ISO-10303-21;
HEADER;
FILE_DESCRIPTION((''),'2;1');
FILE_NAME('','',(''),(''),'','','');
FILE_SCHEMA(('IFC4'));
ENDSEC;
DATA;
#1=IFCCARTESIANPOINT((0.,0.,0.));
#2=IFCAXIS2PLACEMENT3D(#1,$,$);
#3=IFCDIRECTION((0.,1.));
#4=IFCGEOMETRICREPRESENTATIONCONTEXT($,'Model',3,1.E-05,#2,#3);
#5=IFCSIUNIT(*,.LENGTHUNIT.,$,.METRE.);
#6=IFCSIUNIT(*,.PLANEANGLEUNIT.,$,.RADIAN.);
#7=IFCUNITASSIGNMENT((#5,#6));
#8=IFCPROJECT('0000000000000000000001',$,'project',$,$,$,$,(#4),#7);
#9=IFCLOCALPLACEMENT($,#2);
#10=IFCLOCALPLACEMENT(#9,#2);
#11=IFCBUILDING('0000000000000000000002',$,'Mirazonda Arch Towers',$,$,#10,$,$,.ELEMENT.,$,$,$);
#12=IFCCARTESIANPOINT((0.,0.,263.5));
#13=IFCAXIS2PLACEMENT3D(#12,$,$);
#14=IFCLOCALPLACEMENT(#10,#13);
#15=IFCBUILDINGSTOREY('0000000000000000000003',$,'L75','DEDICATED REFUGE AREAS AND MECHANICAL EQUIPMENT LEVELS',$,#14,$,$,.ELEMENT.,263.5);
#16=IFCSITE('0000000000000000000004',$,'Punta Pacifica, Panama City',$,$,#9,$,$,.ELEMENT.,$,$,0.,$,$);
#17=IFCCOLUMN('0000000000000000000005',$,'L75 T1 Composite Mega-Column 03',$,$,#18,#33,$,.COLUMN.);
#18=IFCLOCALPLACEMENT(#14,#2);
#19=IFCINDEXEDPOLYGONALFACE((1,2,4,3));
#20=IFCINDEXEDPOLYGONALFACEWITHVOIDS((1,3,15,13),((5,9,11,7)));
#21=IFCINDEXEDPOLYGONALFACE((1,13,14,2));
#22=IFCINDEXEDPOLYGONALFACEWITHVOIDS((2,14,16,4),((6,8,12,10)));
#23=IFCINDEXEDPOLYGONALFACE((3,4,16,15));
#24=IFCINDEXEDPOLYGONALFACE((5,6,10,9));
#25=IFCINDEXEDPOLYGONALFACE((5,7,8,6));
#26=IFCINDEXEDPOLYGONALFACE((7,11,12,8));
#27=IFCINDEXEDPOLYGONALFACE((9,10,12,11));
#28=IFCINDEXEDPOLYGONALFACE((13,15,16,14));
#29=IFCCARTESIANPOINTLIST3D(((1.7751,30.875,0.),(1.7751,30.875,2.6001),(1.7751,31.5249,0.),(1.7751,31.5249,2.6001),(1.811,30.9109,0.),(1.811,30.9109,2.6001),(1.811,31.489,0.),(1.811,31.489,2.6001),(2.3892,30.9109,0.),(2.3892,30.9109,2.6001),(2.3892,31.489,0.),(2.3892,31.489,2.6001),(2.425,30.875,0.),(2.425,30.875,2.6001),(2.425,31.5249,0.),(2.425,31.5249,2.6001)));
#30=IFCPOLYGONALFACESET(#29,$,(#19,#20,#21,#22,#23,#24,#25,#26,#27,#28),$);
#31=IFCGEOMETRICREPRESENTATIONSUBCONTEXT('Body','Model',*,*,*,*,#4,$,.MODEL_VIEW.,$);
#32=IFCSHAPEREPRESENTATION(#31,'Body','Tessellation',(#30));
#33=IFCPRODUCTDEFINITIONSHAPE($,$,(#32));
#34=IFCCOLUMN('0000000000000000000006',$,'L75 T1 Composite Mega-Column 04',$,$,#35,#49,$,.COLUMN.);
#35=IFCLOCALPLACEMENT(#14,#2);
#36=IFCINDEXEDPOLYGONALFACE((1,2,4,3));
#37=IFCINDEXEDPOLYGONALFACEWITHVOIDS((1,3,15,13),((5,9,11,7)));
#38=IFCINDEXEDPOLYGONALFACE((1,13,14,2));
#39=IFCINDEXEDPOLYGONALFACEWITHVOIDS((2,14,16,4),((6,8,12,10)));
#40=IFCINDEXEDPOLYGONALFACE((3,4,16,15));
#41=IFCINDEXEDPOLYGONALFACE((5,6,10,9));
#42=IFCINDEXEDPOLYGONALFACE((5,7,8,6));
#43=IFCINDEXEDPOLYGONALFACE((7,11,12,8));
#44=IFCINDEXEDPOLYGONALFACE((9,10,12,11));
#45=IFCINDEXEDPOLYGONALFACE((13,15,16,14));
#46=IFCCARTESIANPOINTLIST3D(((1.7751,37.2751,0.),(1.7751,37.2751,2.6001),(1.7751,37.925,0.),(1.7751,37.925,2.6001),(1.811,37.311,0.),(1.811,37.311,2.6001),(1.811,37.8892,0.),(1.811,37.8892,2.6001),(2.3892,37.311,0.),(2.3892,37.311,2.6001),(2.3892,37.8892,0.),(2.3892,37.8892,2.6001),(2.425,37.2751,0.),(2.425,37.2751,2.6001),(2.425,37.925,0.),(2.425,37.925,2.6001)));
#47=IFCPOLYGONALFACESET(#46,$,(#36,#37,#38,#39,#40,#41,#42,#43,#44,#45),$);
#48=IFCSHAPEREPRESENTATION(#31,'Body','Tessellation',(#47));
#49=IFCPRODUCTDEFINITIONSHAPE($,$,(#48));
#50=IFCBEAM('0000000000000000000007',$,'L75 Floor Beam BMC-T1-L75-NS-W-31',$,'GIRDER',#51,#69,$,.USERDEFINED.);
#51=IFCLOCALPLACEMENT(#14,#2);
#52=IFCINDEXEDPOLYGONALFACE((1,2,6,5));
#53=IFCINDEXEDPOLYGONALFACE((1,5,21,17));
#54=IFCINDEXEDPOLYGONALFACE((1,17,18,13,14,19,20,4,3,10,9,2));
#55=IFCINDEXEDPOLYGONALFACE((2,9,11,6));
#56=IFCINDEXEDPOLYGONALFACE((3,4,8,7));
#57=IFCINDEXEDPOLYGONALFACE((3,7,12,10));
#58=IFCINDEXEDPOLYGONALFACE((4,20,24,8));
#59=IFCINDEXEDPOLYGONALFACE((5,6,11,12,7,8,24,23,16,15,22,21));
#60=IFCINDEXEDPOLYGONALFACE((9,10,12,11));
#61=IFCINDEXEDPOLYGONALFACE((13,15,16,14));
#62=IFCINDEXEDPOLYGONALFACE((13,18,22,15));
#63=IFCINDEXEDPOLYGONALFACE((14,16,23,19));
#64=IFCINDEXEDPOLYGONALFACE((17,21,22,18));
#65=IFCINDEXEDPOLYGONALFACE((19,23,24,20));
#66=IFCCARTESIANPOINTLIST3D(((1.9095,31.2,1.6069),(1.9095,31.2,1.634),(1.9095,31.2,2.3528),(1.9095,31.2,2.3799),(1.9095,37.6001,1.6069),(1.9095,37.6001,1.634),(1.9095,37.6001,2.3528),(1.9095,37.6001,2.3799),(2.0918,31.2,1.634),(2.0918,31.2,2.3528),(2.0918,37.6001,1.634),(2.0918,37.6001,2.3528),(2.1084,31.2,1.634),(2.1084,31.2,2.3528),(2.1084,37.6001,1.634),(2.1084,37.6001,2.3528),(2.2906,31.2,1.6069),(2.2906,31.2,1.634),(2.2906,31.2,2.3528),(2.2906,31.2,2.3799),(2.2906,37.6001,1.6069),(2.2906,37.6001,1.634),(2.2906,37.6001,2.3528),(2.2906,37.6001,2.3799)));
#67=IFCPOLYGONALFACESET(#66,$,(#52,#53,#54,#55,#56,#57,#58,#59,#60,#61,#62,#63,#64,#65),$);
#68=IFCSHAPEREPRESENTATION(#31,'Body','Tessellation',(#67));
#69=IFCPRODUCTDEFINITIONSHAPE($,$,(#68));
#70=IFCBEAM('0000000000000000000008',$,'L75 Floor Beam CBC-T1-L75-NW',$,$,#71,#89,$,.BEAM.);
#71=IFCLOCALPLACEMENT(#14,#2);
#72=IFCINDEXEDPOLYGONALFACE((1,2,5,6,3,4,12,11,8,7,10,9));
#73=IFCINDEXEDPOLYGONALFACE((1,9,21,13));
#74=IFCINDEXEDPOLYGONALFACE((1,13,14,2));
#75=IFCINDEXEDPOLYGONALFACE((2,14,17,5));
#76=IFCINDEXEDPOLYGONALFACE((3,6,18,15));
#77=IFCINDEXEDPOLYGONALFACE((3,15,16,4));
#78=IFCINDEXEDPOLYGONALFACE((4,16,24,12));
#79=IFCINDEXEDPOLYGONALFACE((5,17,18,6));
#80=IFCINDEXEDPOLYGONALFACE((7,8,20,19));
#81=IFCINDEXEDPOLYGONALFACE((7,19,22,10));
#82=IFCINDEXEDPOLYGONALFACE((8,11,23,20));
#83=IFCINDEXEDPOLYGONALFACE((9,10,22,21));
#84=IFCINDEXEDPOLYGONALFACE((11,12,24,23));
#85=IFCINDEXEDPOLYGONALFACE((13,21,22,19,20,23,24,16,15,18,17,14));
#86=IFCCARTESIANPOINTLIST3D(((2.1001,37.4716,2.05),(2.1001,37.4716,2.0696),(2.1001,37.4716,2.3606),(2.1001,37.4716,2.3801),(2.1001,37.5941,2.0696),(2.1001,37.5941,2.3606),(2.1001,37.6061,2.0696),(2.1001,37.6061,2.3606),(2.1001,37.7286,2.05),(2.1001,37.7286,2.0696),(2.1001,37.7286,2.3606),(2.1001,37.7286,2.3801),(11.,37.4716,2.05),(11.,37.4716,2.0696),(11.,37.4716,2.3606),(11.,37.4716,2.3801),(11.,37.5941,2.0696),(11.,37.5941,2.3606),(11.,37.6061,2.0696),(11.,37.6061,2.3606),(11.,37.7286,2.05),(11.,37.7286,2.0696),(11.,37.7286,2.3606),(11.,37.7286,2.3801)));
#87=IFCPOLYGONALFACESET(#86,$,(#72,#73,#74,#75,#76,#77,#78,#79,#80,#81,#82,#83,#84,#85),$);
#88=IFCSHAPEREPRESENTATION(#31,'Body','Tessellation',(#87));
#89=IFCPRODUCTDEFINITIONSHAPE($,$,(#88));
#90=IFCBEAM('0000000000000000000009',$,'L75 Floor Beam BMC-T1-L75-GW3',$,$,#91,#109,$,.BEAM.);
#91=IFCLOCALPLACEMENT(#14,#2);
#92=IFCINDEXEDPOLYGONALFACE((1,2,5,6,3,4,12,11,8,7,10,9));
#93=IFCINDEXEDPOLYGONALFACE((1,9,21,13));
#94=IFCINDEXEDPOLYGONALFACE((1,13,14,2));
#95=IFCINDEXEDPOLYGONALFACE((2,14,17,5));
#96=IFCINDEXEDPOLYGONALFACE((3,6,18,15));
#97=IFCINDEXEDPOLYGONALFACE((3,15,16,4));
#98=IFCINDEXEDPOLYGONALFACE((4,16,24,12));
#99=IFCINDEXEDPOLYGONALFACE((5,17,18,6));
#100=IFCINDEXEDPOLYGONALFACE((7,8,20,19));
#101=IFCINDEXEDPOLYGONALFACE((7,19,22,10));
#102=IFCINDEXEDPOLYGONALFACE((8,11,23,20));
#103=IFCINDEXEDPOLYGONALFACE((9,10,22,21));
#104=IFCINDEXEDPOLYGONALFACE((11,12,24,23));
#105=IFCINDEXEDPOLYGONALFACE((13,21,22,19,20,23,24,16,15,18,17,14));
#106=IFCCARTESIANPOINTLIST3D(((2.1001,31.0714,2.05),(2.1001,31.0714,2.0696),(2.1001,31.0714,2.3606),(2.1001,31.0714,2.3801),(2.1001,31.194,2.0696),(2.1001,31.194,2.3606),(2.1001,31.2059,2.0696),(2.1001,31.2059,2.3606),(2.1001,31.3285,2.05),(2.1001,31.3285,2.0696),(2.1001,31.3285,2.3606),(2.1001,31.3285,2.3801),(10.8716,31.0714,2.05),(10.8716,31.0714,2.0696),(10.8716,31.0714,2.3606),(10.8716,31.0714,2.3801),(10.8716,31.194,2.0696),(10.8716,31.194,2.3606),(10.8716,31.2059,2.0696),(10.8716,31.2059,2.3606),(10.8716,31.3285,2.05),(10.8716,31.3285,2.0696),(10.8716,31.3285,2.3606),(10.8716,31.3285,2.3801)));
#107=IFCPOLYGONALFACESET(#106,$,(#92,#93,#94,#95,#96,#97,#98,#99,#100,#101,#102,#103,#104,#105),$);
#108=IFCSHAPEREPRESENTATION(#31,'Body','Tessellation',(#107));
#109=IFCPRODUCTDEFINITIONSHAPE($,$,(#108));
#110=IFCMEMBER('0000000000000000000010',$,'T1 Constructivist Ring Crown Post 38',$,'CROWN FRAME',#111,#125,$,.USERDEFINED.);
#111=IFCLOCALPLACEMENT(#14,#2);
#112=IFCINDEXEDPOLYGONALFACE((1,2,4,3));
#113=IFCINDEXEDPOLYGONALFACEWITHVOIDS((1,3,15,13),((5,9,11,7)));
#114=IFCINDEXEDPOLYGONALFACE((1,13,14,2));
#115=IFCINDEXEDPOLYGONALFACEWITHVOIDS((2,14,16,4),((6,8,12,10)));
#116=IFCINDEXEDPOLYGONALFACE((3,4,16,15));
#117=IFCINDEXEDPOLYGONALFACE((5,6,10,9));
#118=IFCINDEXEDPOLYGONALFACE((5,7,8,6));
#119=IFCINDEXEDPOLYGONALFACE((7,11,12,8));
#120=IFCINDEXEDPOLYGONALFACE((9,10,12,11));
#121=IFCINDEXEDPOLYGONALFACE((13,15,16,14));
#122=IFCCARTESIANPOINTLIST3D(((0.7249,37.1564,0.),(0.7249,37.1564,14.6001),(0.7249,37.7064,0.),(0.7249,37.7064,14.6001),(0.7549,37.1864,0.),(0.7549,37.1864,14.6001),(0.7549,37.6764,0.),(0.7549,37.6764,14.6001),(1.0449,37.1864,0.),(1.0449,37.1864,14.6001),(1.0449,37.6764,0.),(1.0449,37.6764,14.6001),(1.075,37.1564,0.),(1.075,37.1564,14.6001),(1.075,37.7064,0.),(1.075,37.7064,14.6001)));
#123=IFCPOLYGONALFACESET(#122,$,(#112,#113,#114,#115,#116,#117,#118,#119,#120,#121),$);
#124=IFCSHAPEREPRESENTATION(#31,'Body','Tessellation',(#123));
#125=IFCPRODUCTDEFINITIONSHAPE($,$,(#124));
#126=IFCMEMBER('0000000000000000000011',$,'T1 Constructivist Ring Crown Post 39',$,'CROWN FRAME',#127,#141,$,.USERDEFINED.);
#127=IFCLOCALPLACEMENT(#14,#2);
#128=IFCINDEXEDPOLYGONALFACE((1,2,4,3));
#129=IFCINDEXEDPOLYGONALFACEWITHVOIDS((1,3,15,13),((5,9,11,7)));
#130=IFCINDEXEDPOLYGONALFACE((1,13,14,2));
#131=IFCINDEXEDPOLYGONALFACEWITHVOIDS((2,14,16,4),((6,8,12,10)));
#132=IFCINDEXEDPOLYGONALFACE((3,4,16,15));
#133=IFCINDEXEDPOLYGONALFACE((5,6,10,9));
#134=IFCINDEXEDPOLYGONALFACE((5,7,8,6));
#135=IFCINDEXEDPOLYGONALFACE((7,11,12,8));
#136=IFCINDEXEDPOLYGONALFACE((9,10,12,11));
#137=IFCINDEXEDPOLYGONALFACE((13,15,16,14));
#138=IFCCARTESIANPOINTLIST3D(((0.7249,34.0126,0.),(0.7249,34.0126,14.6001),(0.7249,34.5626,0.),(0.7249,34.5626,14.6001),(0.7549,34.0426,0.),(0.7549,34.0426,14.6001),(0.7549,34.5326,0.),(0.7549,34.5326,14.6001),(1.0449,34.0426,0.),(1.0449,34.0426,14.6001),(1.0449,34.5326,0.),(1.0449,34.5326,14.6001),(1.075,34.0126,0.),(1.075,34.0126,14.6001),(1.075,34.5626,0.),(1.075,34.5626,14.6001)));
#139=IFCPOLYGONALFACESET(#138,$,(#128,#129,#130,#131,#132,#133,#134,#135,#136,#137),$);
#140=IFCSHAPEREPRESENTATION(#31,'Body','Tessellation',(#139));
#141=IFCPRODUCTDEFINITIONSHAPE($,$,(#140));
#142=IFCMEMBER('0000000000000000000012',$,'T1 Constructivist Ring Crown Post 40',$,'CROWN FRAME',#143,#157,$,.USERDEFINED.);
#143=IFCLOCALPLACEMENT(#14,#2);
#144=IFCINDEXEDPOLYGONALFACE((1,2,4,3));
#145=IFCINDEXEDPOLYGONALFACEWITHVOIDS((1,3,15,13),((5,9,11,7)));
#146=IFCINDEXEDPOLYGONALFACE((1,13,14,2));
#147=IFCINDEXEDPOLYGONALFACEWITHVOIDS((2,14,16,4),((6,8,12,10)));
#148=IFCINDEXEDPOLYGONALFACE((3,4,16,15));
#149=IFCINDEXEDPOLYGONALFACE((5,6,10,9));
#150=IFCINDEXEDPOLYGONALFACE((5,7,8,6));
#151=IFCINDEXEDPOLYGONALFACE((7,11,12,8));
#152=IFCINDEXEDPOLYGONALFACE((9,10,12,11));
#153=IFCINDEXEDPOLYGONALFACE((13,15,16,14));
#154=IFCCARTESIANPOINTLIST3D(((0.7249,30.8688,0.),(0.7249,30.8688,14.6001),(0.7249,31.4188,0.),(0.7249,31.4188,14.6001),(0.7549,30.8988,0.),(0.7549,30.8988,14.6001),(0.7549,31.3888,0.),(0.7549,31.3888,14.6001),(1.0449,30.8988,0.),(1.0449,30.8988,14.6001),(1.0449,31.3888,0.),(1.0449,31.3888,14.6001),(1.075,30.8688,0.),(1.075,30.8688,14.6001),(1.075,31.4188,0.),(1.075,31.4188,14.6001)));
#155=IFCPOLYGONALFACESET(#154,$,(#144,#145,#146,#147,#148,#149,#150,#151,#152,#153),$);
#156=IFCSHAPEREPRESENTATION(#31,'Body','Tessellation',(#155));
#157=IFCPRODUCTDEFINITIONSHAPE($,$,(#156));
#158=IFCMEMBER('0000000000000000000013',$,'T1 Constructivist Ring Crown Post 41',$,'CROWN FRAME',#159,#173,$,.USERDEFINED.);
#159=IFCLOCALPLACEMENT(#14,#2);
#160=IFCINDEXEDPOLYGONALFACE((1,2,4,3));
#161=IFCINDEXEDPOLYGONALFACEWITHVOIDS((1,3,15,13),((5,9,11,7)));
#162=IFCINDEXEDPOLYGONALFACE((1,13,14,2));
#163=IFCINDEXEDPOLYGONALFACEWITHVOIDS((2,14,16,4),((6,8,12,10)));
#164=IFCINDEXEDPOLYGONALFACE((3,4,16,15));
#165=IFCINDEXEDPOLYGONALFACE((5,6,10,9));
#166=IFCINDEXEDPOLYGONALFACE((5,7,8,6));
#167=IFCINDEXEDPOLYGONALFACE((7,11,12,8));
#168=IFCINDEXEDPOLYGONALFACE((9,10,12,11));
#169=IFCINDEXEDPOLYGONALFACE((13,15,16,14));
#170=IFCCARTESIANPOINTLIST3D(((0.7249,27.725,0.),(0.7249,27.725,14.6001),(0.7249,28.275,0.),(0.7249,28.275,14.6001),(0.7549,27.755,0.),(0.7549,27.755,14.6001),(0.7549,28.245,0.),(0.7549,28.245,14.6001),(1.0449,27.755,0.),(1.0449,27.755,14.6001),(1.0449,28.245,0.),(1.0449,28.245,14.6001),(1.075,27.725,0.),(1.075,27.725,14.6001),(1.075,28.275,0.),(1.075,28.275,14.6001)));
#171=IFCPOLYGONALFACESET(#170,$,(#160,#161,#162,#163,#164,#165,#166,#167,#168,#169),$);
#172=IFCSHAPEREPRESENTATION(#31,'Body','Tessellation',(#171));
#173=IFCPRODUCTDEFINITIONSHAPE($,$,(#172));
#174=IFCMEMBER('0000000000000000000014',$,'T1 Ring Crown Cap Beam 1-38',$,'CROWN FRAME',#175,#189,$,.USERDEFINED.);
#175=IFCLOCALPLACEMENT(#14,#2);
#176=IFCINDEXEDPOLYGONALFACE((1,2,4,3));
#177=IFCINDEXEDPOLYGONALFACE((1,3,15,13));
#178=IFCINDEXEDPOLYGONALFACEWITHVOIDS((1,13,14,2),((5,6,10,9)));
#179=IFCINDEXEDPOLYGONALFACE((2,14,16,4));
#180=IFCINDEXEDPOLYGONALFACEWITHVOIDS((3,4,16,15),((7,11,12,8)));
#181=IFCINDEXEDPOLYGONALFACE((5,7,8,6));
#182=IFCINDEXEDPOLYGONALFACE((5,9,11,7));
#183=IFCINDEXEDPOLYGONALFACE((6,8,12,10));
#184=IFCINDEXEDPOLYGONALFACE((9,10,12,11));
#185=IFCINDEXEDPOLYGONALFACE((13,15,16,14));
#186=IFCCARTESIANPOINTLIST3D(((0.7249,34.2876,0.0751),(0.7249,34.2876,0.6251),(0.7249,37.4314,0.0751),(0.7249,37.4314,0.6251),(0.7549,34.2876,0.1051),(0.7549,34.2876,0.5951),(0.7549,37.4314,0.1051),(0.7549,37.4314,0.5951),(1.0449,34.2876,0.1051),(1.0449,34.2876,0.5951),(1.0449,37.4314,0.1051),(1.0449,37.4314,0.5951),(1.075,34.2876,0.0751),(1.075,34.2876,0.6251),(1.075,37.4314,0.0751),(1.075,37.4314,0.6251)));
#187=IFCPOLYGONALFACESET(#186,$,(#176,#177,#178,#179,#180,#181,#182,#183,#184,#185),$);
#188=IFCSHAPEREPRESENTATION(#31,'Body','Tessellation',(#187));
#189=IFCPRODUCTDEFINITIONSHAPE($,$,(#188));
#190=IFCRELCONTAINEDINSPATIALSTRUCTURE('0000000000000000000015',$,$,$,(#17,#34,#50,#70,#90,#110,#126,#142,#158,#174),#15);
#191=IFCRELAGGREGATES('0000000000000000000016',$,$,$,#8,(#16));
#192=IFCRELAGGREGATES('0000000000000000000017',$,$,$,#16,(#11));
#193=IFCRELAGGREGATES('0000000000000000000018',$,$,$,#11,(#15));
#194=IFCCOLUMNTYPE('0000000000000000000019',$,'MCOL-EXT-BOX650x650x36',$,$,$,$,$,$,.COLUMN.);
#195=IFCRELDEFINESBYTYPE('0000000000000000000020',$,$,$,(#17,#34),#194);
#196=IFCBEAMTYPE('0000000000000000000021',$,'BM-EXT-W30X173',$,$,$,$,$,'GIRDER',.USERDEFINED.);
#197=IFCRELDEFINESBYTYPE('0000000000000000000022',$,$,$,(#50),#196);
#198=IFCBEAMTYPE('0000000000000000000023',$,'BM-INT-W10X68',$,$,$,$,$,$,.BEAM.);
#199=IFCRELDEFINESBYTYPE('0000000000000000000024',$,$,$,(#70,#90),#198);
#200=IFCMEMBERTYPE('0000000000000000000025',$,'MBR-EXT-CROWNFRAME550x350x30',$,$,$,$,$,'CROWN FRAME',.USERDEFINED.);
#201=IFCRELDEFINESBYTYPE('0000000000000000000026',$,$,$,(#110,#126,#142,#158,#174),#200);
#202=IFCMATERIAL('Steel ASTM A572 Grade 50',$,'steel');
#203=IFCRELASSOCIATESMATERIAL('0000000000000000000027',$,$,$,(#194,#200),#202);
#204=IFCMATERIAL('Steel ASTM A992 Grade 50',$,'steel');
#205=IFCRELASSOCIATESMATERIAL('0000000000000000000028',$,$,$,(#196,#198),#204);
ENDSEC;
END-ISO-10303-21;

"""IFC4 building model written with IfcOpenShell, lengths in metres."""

from ifc_helpers import new_model, si_unit, direction, frame, origin, origin_2d, place, context, subcontext, project, spatial, hollow_rectangle, i_section, extrude, material, material_profile, profile_set, type_object, element, save


model = new_model("IFC4")

# Units and contexts
model_context = context("Model", 3, precision=1e-05, world=origin(), true_north=direction((0.0, 1.0)))
body_context = subcontext(model_context, "Body", "Model", "MODEL_VIEW")
ifc_project = project(units=[si_unit("LENGTHUNIT", "METRE"), si_unit("PLANEANGLEUNIT", "RADIAN")], contexts=[model_context])

# Site, building, storey
site_placement = place(None, origin())
site = spatial("IfcSite", under=ifc_project, at=site_placement, Name="Punta Pacifica, Panama City", CompositionType="ELEMENT", RefElevation=0.0)
building_placement = place(site_placement, origin())
building = spatial("IfcBuilding", under=site, at=building_placement, Name="Mirazonda Arch Towers", CompositionType="ELEMENT")
storey_placement = place(building_placement, frame((0.0, 0.0, 263.5)))
storey = spatial("IfcBuildingStorey", under=building, at=storey_placement, Name="L75", Description="DEDICATED REFUGE AREAS AND MECHANICAL EQUIPMENT LEVELS", CompositionType="ELEMENT", Elevation=263.5)

# Columns
ifc_material_1 = material(Name="Steel ASTM A572 Grade 50", Category="steel")
ifc_material_profile_1 = material_profile(ifc_material_1, hollow_rectangle(XDim=0.6499, YDim=0.6499, WallThickness=0.0359, at=origin_2d()), Name="BOX650x650x36")
ifc_profile_set_1 = profile_set([ifc_material_profile_1], Name="Steel ASTM A572 Grade 50")
column_type = type_object("IfcColumnType", Name="MCOL-EXT-BOX650x650x36", PredefinedType="COLUMN", material=ifc_profile_set_1)
for number, where, z_axis, x_axis, name in (
    (1, (2.1001, 31.2, 0.0), (0.0, 0.0, 1.0), (1.0, 0.0, 0.0), "L75 T1 Composite Mega-Column 03"),
    (2, (2.1001, 37.6001, 0.0), (0.0, 0.0, 1.0), (1.0, 0.0, 0.0), "L75 T1 Composite Mega-Column 04"),
):
    element("IfcColumn", number, at=place(storey_placement, frame(where, z_axis=z_axis, x_axis=x_axis)), inside=storey, type_object=column_type, Name=name, PredefinedType="COLUMN", context=body_context, shape_type="SweptSolid", body=[
        extrude(hollow_rectangle(XDim=0.6499, YDim=0.6499, WallThickness=0.0359, at=origin_2d()), origin(), (0.0, 0.0, 1.0), 2.6001),
    ])

# Beams
ifc_material_2 = material(Name="Steel ASTM A992 Grade 50", Category="steel")
ifc_material_profile_2 = material_profile(ifc_material_2, i_section(OverallWidth=0.3811, OverallDepth=0.7729, WebThickness=0.0166, FlangeThickness=0.0271, at=origin_2d()), Name="W30X173")
ifc_profile_set_2 = profile_set([ifc_material_profile_2], Name="Steel ASTM A992 Grade 50")
beam_type_1 = type_object("IfcBeamType", Name="BM-EXT-W30X173", ElementType="GIRDER", PredefinedType="USERDEFINED", material=ifc_profile_set_2)
beam_1_placement = place(storey_placement, frame((2.1001, 31.2, 1.9934), z_axis=(0.0, 1.0, 0.0), x_axis=(-1.0, 0.0, 0.0)))
element("IfcBeam", 3, at=beam_1_placement, inside=storey, type_object=beam_type_1, Name="L75 Floor Beam BMC-T1-L75-NS-W-31", ObjectType="GIRDER", PredefinedType="USERDEFINED", context=body_context, shape_type="SweptSolid", body=[
    extrude(i_section(OverallWidth=0.3811, OverallDepth=0.7729, WebThickness=0.0166, FlangeThickness=0.0271, at=origin_2d()), origin(), (0.0, 0.0, 1.0), 6.4001),
])
ifc_material_profile_3 = material_profile(ifc_material_2, i_section(OverallWidth=0.2571, OverallDepth=0.3301, WebThickness=0.012, FlangeThickness=0.0195, at=origin_2d()), Name="W10X68")
ifc_profile_set_3 = profile_set([ifc_material_profile_3], Name="Steel ASTM A992 Grade 50")
beam_type_2 = type_object("IfcBeamType", Name="BM-INT-W10X68", PredefinedType="BEAM", material=ifc_profile_set_3)
beam_2_placement = place(storey_placement, frame((2.1001, 37.6001, 2.2151), z_axis=(1.0, 0.0, 0.0), x_axis=(0.0, 1.0, 0.0)))
element("IfcBeam", 4, at=beam_2_placement, inside=storey, type_object=beam_type_2, Name="L75 Floor Beam CBC-T1-L75-NW", PredefinedType="BEAM", context=body_context, shape_type="SweptSolid", body=[
    extrude(i_section(OverallWidth=0.2571, OverallDepth=0.3301, WebThickness=0.012, FlangeThickness=0.0195, at=origin_2d()), origin(), (0.0, 0.0, 1.0), 8.8999),
])
beam_3_placement = place(storey_placement, frame((2.1001, 31.2, 2.2151), z_axis=(1.0, 0.0, 0.0), x_axis=(0.0, 1.0, 0.0)))
element("IfcBeam", 5, at=beam_3_placement, inside=storey, type_object=beam_type_2, Name="L75 Floor Beam BMC-T1-L75-GW3", PredefinedType="BEAM", context=body_context, shape_type="SweptSolid", body=[
    extrude(i_section(OverallWidth=0.2571, OverallDepth=0.3301, WebThickness=0.012, FlangeThickness=0.0195, at=origin_2d()), origin(), (0.0, 0.0, 1.0), 8.7715),
])

# Members
ifc_material_profile_4 = material_profile(ifc_material_1, hollow_rectangle(XDim=0.3501, YDim=0.55, WallThickness=0.03, at=origin_2d()), Name="CROWNFRAME550x350x30")
ifc_profile_set_4 = profile_set([ifc_material_profile_4], Name="Steel ASTM A572 Grade 50")
member_type = type_object("IfcMemberType", Name="MBR-EXT-CROWNFRAME550x350x30", ElementType="CROWN FRAME", PredefinedType="USERDEFINED", material=ifc_profile_set_4)
for number, where, z_axis, x_axis, name in (
    (6, (0.8999, 37.4314, 0.0), (0.0, 0.0, 1.0), (1.0, 0.0, 0.0), "T1 Constructivist Ring Crown Post 38"),
    (7, (0.8999, 34.2876, 0.0), (0.0, 0.0, 1.0), (1.0, 0.0, 0.0), "T1 Constructivist Ring Crown Post 39"),
    (8, (0.8999, 31.1438, 0.0), (0.0, 0.0, 1.0), (1.0, 0.0, 0.0), "T1 Constructivist Ring Crown Post 40"),
    (9, (0.8999, 28.0, 0.0), (0.0, 0.0, 1.0), (1.0, 0.0, 0.0), "T1 Constructivist Ring Crown Post 41"),
):
    element("IfcMember", number, at=place(storey_placement, frame(where, z_axis=z_axis, x_axis=x_axis)), inside=storey, type_object=member_type, Name=name, ObjectType="CROWN FRAME", PredefinedType="USERDEFINED", context=body_context, shape_type="SweptSolid", body=[
        extrude(hollow_rectangle(XDim=0.3501, YDim=0.55, WallThickness=0.03, at=origin_2d()), origin(), (0.0, 0.0, 1.0), 14.6001),
    ])
for number, where, z_axis, x_axis, name in (
    (10, (0.8999, 37.4314, 0.3501), (0.0, -1.0, 0.0), (1.0, 0.0, 0.0), "T1 Ring Crown Cap Beam 1-38"),
):
    element("IfcMember", number, at=place(storey_placement, frame(where, z_axis=z_axis, x_axis=x_axis)), inside=storey, type_object=member_type, Name=name, ObjectType="CROWN FRAME", PredefinedType="USERDEFINED", context=body_context, shape_type="SweptSolid", body=[
        extrude(hollow_rectangle(XDim=0.3501, YDim=0.55, WallThickness=0.03, at=origin_2d()), origin(), (0.0, 0.0, 1.0), 3.1438),
    ])

save(model, "model.ifc")
